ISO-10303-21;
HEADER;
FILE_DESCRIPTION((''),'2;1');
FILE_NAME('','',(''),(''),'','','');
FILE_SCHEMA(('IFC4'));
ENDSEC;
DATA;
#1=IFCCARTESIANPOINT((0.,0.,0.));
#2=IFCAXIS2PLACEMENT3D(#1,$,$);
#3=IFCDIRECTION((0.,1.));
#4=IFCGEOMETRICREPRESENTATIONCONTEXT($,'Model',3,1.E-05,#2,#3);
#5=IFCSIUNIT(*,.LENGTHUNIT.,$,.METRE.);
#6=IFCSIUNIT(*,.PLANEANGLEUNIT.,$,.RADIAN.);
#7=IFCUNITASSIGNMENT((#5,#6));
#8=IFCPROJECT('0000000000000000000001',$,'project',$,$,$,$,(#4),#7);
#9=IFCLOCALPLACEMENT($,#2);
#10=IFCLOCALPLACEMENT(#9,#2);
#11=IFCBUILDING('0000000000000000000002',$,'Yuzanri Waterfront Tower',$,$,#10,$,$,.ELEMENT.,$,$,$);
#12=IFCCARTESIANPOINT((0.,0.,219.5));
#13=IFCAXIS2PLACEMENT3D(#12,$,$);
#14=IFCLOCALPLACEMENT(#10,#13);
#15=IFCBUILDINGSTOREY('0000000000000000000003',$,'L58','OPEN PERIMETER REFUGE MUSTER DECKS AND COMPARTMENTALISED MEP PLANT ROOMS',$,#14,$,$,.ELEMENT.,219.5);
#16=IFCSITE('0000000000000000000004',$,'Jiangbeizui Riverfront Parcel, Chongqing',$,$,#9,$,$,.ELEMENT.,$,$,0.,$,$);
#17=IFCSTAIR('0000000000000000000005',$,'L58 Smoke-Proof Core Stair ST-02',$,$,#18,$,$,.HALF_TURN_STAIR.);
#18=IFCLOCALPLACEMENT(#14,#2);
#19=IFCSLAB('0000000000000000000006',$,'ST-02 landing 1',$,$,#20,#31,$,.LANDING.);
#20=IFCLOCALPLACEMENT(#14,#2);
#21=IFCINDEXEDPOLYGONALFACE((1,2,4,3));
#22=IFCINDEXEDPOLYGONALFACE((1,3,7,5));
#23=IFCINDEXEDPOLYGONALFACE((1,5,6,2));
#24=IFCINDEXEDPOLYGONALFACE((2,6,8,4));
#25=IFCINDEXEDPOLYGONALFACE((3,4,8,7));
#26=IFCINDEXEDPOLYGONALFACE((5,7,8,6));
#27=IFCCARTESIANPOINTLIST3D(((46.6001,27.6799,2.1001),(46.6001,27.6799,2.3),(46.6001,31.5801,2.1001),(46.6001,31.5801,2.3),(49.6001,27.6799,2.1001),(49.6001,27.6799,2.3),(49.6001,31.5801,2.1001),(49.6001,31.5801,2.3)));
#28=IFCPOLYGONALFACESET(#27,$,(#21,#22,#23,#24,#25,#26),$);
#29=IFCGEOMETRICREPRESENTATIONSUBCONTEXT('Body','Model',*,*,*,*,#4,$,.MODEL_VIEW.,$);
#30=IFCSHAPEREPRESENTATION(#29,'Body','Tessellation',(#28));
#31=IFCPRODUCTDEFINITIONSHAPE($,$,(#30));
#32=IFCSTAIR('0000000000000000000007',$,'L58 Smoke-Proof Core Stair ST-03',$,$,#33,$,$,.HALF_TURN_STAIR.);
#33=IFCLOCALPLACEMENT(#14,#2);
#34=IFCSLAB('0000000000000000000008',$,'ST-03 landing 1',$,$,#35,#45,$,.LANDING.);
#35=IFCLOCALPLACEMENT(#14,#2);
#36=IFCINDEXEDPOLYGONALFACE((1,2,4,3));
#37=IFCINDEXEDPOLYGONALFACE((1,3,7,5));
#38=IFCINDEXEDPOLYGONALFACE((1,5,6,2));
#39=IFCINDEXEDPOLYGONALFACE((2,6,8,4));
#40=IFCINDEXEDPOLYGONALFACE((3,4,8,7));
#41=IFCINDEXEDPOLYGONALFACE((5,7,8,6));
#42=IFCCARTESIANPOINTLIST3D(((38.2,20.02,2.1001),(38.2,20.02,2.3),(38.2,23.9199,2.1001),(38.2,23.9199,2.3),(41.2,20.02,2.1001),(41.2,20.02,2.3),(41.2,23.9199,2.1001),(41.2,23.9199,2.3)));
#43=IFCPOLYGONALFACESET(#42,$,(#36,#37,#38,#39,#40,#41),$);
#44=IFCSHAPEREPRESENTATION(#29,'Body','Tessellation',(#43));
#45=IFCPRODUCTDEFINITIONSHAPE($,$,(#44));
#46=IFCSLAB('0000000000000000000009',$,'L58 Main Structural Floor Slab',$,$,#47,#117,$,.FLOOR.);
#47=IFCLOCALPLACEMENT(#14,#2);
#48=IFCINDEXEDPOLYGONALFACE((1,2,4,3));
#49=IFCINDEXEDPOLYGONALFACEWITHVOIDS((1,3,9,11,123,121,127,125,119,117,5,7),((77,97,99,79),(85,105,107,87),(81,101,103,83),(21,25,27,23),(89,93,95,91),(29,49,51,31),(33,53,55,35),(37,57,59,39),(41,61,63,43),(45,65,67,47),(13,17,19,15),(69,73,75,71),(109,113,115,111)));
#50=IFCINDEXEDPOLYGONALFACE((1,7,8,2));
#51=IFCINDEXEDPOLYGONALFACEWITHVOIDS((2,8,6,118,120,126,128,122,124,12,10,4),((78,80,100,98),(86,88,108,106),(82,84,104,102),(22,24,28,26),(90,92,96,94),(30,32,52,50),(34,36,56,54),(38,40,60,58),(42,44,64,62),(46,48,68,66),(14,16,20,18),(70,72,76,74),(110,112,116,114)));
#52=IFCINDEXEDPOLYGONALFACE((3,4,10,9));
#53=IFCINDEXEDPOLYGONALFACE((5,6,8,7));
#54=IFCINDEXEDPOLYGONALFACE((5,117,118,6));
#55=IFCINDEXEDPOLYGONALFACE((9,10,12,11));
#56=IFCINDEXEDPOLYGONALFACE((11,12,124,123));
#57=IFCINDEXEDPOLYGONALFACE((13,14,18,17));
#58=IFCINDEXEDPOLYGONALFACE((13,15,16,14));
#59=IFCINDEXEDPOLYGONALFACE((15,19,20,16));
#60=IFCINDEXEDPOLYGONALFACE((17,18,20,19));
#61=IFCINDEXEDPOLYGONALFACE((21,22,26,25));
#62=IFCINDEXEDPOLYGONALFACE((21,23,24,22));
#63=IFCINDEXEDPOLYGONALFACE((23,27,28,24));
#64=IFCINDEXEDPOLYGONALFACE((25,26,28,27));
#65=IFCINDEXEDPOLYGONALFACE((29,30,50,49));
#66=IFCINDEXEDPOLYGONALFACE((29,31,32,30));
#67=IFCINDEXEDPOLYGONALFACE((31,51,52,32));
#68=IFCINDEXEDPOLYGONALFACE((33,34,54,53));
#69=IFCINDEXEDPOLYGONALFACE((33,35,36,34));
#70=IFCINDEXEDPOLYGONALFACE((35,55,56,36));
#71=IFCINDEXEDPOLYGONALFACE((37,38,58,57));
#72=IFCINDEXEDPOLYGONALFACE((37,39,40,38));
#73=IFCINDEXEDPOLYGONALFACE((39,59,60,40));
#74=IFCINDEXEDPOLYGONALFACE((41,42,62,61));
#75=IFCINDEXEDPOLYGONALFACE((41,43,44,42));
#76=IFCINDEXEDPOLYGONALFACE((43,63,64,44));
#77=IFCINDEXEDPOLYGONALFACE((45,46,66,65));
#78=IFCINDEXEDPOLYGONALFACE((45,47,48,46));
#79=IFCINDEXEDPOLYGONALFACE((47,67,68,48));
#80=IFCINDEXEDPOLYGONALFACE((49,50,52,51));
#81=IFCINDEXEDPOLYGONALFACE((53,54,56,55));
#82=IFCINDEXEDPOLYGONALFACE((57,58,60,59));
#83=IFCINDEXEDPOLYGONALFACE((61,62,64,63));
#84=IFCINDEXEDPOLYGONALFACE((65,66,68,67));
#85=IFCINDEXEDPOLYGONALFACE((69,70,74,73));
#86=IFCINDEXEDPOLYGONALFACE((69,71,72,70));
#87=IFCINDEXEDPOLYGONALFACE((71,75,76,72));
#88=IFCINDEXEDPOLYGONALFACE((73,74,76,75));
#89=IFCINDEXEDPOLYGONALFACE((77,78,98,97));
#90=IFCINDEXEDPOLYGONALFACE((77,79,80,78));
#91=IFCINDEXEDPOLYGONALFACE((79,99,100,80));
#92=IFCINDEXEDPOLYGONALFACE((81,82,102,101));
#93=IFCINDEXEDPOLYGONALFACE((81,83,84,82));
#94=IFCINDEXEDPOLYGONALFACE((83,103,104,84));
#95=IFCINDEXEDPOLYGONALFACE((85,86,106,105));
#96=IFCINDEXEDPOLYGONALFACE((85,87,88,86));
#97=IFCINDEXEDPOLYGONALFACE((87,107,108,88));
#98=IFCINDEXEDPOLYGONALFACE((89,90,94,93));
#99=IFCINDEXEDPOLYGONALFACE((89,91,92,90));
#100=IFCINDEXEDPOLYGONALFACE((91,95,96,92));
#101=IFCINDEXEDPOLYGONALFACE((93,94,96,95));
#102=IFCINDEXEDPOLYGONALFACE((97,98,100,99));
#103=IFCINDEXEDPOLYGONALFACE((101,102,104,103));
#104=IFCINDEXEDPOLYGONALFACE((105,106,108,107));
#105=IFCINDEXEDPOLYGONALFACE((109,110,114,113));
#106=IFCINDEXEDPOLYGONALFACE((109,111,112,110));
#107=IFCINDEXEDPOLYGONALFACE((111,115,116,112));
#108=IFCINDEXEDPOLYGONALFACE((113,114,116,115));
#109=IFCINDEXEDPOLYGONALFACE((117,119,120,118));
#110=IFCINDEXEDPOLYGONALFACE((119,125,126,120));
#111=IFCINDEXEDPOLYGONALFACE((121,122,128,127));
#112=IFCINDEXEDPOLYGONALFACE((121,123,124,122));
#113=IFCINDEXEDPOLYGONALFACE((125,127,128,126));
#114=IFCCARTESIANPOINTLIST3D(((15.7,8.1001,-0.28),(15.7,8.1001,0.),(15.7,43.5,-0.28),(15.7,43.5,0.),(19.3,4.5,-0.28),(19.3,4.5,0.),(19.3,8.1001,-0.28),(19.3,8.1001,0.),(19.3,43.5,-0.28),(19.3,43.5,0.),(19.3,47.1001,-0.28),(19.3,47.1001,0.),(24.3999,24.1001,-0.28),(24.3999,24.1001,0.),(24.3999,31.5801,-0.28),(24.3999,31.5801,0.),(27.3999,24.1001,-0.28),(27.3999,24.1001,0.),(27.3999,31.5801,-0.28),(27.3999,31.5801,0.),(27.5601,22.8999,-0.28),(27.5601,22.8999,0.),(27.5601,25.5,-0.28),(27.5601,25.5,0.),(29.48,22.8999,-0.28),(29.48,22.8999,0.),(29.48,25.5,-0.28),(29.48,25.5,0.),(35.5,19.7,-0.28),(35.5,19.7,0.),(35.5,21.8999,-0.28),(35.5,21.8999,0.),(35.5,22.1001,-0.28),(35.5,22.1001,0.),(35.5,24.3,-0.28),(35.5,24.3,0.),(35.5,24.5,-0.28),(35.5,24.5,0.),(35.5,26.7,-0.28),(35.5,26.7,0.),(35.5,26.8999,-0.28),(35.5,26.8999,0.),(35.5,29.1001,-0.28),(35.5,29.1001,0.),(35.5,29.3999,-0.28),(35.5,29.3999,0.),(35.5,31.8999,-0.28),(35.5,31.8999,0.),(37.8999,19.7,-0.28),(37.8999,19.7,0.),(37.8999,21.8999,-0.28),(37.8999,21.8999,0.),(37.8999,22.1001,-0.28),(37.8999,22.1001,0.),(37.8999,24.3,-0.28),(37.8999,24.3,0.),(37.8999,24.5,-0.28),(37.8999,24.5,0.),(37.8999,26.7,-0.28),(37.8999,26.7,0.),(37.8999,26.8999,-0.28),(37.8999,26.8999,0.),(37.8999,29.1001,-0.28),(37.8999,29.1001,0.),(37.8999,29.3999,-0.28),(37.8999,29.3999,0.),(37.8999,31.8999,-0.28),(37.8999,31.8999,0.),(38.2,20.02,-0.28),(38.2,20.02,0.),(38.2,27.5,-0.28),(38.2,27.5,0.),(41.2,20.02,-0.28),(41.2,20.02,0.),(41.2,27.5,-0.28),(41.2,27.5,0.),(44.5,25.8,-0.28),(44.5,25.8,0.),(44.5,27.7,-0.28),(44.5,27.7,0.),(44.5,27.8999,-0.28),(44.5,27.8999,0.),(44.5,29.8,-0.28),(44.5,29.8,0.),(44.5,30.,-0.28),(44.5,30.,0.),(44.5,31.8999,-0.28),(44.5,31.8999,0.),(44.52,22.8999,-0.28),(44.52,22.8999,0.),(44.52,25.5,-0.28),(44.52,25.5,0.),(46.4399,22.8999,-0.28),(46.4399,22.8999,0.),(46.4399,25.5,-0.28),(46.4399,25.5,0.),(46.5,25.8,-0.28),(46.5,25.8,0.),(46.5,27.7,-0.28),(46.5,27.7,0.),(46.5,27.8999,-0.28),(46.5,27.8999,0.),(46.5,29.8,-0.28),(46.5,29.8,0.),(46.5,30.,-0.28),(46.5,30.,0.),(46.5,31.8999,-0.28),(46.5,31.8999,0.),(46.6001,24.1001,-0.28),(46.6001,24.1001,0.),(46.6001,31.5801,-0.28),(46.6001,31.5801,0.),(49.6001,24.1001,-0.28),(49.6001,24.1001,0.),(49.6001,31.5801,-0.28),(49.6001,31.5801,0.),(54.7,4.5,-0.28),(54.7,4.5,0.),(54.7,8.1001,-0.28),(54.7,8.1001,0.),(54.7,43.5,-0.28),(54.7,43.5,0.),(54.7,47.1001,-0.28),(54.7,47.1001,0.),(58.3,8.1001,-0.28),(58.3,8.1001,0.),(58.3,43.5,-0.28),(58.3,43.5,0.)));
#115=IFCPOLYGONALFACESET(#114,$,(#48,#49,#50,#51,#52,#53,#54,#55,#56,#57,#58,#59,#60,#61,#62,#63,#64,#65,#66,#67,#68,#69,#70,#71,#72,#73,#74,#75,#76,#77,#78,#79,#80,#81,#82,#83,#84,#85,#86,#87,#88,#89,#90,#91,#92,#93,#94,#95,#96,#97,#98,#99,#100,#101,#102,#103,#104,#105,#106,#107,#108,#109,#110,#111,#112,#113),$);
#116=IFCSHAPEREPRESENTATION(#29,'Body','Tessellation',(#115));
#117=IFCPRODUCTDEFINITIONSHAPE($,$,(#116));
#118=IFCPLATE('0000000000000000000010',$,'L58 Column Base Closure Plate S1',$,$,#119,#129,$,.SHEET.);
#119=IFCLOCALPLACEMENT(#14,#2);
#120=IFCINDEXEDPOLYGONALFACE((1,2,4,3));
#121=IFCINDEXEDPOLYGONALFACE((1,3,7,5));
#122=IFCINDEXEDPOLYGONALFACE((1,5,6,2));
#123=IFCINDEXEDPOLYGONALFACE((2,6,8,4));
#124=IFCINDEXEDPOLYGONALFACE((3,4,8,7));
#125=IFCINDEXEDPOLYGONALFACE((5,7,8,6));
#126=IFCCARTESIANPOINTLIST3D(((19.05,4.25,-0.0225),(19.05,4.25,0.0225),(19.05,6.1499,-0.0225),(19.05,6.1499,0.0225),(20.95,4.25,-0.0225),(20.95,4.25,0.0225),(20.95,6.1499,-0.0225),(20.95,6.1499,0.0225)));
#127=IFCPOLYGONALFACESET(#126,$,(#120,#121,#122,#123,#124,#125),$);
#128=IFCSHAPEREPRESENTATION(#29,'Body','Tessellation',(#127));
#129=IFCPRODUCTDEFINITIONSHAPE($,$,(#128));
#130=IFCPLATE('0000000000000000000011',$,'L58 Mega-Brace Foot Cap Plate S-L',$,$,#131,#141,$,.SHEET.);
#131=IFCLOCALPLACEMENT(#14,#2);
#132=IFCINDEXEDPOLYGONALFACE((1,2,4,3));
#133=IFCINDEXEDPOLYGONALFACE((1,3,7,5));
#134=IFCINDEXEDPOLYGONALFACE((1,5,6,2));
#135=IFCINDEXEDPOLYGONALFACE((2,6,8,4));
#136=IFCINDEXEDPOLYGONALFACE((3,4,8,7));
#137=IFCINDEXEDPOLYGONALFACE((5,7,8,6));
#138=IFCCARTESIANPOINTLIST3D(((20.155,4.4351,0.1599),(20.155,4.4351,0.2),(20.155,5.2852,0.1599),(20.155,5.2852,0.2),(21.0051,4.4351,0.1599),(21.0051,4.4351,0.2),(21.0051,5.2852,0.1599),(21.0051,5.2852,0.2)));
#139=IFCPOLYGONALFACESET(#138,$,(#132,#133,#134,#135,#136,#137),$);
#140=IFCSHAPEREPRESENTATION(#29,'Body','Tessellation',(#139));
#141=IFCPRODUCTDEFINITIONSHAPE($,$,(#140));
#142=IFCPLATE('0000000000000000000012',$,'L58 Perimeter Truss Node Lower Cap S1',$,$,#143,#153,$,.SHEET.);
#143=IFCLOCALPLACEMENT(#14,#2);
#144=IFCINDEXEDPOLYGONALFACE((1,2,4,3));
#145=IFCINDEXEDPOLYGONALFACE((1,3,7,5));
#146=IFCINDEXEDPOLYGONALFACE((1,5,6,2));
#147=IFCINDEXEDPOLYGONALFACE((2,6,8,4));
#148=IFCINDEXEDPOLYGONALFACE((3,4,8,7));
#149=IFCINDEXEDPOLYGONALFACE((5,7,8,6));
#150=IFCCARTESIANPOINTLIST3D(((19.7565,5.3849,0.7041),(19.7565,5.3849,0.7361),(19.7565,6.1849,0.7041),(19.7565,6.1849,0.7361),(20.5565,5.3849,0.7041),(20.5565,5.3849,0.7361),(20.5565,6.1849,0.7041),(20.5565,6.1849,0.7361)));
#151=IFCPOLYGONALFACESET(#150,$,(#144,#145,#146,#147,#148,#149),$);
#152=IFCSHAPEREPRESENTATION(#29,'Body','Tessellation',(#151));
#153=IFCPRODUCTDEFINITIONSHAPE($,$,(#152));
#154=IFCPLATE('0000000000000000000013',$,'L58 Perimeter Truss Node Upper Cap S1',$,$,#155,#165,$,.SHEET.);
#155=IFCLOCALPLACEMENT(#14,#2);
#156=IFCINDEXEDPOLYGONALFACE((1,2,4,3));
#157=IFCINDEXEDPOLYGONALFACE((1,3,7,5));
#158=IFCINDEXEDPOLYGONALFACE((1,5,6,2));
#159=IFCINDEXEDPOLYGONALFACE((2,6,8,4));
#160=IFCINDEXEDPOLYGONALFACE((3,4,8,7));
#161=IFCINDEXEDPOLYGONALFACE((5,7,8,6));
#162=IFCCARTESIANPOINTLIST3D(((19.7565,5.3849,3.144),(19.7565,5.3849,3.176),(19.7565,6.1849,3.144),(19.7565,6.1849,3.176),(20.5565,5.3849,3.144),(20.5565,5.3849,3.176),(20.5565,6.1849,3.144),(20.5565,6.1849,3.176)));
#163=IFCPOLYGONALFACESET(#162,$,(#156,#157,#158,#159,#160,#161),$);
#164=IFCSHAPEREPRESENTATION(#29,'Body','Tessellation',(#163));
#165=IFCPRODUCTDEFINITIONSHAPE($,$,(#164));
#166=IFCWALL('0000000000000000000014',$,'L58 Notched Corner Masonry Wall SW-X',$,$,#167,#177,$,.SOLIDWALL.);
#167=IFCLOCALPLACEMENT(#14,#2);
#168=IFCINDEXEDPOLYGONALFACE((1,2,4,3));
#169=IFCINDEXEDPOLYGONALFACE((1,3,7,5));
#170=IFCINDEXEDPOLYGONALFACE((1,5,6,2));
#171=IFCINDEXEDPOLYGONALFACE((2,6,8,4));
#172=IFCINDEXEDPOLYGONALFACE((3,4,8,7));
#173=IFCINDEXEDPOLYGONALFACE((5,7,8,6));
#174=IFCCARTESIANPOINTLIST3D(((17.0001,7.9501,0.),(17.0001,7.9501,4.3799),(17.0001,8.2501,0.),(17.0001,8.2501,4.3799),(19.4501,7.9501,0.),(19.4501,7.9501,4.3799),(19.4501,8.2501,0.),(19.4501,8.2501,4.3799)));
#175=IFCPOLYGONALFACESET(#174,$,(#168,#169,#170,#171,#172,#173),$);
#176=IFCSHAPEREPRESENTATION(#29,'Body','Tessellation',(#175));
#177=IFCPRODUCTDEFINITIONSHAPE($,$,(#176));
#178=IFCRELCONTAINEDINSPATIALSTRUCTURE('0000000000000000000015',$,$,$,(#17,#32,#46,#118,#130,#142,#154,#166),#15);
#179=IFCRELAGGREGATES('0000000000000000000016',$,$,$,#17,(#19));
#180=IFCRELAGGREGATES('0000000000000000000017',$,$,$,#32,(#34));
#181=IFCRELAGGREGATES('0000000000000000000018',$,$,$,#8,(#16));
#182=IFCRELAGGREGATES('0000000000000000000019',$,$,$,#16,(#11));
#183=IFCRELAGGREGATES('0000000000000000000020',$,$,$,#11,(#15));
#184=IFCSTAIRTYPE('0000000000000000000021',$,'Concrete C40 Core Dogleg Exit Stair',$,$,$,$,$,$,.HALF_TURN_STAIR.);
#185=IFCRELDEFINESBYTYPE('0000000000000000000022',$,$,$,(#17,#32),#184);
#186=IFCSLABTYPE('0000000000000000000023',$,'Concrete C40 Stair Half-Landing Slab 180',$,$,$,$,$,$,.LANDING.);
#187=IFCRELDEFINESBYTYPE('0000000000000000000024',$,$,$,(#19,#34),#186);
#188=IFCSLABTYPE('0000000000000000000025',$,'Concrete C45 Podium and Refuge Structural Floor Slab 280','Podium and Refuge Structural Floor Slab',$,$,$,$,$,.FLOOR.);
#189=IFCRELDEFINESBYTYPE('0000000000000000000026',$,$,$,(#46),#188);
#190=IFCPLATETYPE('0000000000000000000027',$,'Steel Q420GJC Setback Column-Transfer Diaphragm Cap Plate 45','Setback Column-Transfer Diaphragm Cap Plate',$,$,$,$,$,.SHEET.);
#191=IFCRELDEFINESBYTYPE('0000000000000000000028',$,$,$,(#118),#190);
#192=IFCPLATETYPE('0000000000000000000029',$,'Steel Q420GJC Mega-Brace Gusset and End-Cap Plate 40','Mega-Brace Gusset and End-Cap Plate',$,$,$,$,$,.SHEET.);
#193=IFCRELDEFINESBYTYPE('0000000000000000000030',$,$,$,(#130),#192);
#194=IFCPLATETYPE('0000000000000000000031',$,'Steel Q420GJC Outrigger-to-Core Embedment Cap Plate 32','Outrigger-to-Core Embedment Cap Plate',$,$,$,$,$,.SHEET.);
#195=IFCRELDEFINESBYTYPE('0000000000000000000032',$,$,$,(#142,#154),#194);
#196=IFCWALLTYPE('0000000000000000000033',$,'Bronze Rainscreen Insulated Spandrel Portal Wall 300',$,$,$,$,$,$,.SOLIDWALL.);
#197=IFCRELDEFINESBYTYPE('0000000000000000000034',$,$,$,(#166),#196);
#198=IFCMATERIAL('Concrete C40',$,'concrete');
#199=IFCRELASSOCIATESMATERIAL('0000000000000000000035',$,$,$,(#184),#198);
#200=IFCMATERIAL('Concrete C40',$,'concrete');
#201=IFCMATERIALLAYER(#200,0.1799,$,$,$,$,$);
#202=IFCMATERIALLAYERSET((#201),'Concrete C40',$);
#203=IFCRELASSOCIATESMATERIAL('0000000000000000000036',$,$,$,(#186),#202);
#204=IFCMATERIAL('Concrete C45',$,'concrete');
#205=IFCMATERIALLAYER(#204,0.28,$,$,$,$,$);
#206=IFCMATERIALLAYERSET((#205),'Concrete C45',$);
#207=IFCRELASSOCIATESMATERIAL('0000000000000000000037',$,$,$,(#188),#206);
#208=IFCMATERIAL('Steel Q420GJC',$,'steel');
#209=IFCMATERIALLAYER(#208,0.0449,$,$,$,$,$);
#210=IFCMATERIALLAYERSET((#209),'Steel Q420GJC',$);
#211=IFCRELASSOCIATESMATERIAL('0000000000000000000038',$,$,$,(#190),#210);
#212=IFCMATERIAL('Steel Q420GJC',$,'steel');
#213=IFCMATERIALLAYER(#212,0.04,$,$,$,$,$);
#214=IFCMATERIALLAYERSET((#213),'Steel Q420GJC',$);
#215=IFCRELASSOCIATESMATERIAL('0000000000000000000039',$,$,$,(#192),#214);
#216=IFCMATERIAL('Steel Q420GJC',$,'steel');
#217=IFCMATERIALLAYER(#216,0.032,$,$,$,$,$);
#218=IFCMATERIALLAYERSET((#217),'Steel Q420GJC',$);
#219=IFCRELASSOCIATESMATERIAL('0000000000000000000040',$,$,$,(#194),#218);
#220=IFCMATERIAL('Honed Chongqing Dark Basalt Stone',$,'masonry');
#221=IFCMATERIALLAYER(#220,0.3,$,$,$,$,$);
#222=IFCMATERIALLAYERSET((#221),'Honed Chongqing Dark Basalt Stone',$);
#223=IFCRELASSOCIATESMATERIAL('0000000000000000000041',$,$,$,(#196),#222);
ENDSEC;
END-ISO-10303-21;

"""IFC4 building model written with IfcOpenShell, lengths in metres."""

from ifc_helpers import new_model, si_unit, direction, frame, frame_2d, origin, origin_2d, place, context, subcontext, project, spatial, polyline, rectangle, outline, extrude, source, transform, mapped, material, layer, layer_set, type_object, element, aggregate, save


model = new_model("IFC4")

# Units and contexts
model_context = context("Model", 3, precision=1e-05, world=origin(), true_north=direction((0.0, 1.0)))
body_context = subcontext(model_context, "Body", "Model", "MODEL_VIEW")
ifc_project = project(units=[si_unit("LENGTHUNIT", "METRE"), si_unit("PLANEANGLEUNIT", "RADIAN")], contexts=[model_context])

# Site, building, storey
site_placement = place(None, origin())
site = spatial("IfcSite", under=ifc_project, at=site_placement, Name="Jiangbeizui Riverfront Parcel, Chongqing", CompositionType="ELEMENT", RefElevation=0.0)
building_placement = place(site_placement, origin())
building = spatial("IfcBuilding", under=site, at=building_placement, Name="Yuzanri Waterfront Tower", CompositionType="ELEMENT")
storey_placement = place(building_placement, frame((0.0, 0.0, 219.5)))
storey = spatial("IfcBuildingStorey", under=building, at=storey_placement, Name="L58", Description="OPEN PERIMETER REFUGE MUSTER DECKS AND COMPARTMENTALISED MEP PLANT ROOMS", CompositionType="ELEMENT", Elevation=219.5)

# Stairs, slabs
ifc_material_1 = material(Name="Concrete C40", Category="concrete")
stair_type = type_object("IfcStairType", Name="Concrete C40 Core Dogleg Exit Stair", PredefinedType="HALF_TURN_STAIR", material=ifc_material_1)
ifc_material_2 = material(Name="Concrete C40", Category="concrete")
ifc_layer_1 = layer(ifc_material_2, 0.1799)
ifc_layer_set_1 = layer_set([ifc_layer_1], Name="Concrete C40")
slab_type_1 = type_object("IfcSlabType", Name="Concrete C40 Stair Half-Landing Slab 180", PredefinedType="LANDING", material=ifc_layer_set_1)
stair_1_placement = place(storey_placement, origin())
stair_1 = element("IfcStair", 1, at=stair_1_placement, inside=storey, type_object=stair_type, Name="L58 Smoke-Proof Core Stair ST-02", PredefinedType="HALF_TURN_STAIR")
slab_1_placement = place(storey_placement, frame((0.0, 0.0, 2.1001)))
slab_1 = element("IfcSlab", 2, at=slab_1_placement, type_object=slab_type_1, Name="ST-02 landing 1", PredefinedType="LANDING", context=body_context, shape_type="SweptSolid", body=[
    extrude(outline(polyline([(49.6001, 27.6799), (49.6001, 31.5801), (46.6001, 31.5801), (46.6001, 27.6799), (49.6001, 27.6799)])), origin(), (0.0, 0.0, 1.0), 0.2),
])
aggregate(stair_1, [slab_1])
stair_2_placement = place(storey_placement, origin())
stair_2 = element("IfcStair", 3, at=stair_2_placement, inside=storey, type_object=stair_type, Name="L58 Smoke-Proof Core Stair ST-03", PredefinedType="HALF_TURN_STAIR")
slab_2_placement = place(storey_placement, frame((0.0, 0.0, 2.1001)))
slab_2 = element("IfcSlab", 4, at=slab_2_placement, type_object=slab_type_1, Name="ST-03 landing 1", PredefinedType="LANDING", context=body_context, shape_type="SweptSolid", body=[
    extrude(outline(polyline([(38.2, 23.9199), (38.2, 20.02), (41.2, 20.02), (41.2, 23.9199), (38.2, 23.9199)])), origin(), (0.0, 0.0, 1.0), 0.2),
])
aggregate(stair_2, [slab_2])

# Slab
ifc_material_3 = material(Name="Concrete C45", Category="concrete")
ifc_layer_2 = layer(ifc_material_3, 0.28)
ifc_layer_set_2 = layer_set([ifc_layer_2], Name="Concrete C45")
slab_type_2 = type_object("IfcSlabType", Name="Concrete C45 Podium and Refuge Structural Floor Slab 280", Description="Podium and Refuge Structural Floor Slab", PredefinedType="FLOOR", material=ifc_layer_set_2)
slab_3_placement = place(storey_placement, frame((0.0, 0.0, -0.28)))
element("IfcSlab", 5, at=slab_3_placement, inside=storey, type_object=slab_type_2, Name="L58 Main Structural Floor Slab", PredefinedType="FLOOR", context=body_context, shape_type="SweptSolid", body=[
    extrude(outline(polyline([(19.3, 4.5), (54.7, 4.5), (54.7, 8.1001), (58.3, 8.1001), (58.3, 43.5), (54.7, 43.5), (54.7, 47.1001), (19.3, 47.1001), (19.3, 43.5), (15.7, 43.5), (15.7, 8.1001), (19.3, 8.1001), (19.3, 4.5)]), holes=[polyline([(27.3999, 24.1001), (27.3999, 31.5801), (24.3999, 31.5801), (24.3999, 24.1001), (27.3999, 24.1001)]), polyline([(49.6001, 24.1001), (49.6001, 31.5801), (46.6001, 31.5801), (46.6001, 24.1001), (49.6001, 24.1001)]), polyline([(38.2, 27.5), (38.2, 20.02), (41.2, 20.02), (41.2, 27.5), (38.2, 27.5)]), polyline([(27.5601, 22.8999), (29.48, 22.8999), (29.48, 25.5), (27.5601, 25.5), (27.5601, 22.8999)]), polyline([(44.52, 22.8999), (46.4399, 22.8999), (46.4399, 25.5), (44.52, 25.5), (44.52, 22.8999)]), polyline([(35.5, 19.7), (37.8999, 19.7), (37.8999, 21.8999), (35.5, 21.8999), (35.5, 19.7)]), polyline([(35.5, 22.1001), (37.8999, 22.1001), (37.8999, 24.3), (35.5, 24.3), (35.5, 22.1001)]), polyline([(35.5, 24.5), (37.8999, 24.5), (37.8999, 26.7), (35.5, 26.7), (35.5, 24.5)]), polyline([(35.5, 26.8999), (37.8999, 26.8999), (37.8999, 29.1001), (35.5, 29.1001), (35.5, 26.8999)]), polyline([(35.5, 29.3999), (37.8999, 29.3999), (37.8999, 31.8999), (35.5, 31.8999), (35.5, 29.3999)]), polyline([(44.5, 25.8), (46.5, 25.8), (46.5, 27.7), (44.5, 27.7), (44.5, 25.8)]), polyline([(44.5, 27.8999), (46.5, 27.8999), (46.5, 29.8), (44.5, 29.8), (44.5, 27.8999)]), polyline([(44.5, 30.0), (46.5, 30.0), (46.5, 31.8999), (44.5, 31.8999), (44.5, 30.0)])]), origin(), (0.0, 0.0, 1.0), 0.28),
])

# Plates
ifc_material_4 = material(Name="Steel Q420GJC", Category="steel")
ifc_layer_3 = layer(ifc_material_4, 0.0449)
ifc_layer_set_3 = layer_set([ifc_layer_3], Name="Steel Q420GJC")
plate_type_1 = type_object("IfcPlateType", Name="Steel Q420GJC Setback Column-Transfer Diaphragm Cap Plate 45", Description="Setback Column-Transfer Diaphragm Cap Plate", PredefinedType="SHEET", material=ifc_layer_set_3)
shared_shape_1 = source(origin(), body_context, "Body", "SweptSolid", [
    extrude(rectangle(XDim=1.8999, YDim=1.8999, at=origin_2d()), origin(), (0.0, 0.0, 1.0), 0.0449),
])
plate_1_placement = place(storey_placement, frame((20.0, 5.2, -0.0225), z_axis=(0.0, 0.0, 1.0), x_axis=(1.0, 0.0, 0.0)))
element("IfcPlate", 6, at=plate_1_placement, inside=storey, type_object=plate_type_1, Name="L58 Column Base Closure Plate S1", PredefinedType="SHEET", context=body_context, shape_type="MappedRepresentation", body=[
    mapped(shared_shape_1, transform((0.0, 0.0, 0.0), scale=1.0)),
])
ifc_material_5 = material(Name="Steel Q420GJC", Category="steel")
ifc_layer_4 = layer(ifc_material_5, 0.04)
ifc_layer_set_4 = layer_set([ifc_layer_4], Name="Steel Q420GJC")
plate_type_2 = type_object("IfcPlateType", Name="Steel Q420GJC Mega-Brace Gusset and End-Cap Plate 40", Description="Mega-Brace Gusset and End-Cap Plate", PredefinedType="SHEET", material=ifc_layer_set_4)
shared_shape_2 = source(origin(), body_context, "Body", "SweptSolid", [
    extrude(rectangle(XDim=0.8501, YDim=0.8501, at=origin_2d()), origin(), (0.0, 0.0, 1.0), 0.04),
])
plate_2_placement = place(storey_placement, frame((20.5801, 4.8601, 0.1599), z_axis=(0.0, 0.0, 1.0), x_axis=(1.0, 0.0, 0.0)))
element("IfcPlate", 7, at=plate_2_placement, inside=storey, type_object=plate_type_2, Name="L58 Mega-Brace Foot Cap Plate S-L", PredefinedType="SHEET", context=body_context, shape_type="MappedRepresentation", body=[
    mapped(shared_shape_2, transform((0.0, 0.0, 0.0), scale=1.0)),
])
ifc_material_6 = material(Name="Steel Q420GJC", Category="steel")
ifc_layer_5 = layer(ifc_material_6, 0.032)
ifc_layer_set_5 = layer_set([ifc_layer_5], Name="Steel Q420GJC")
plate_type_3 = type_object("IfcPlateType", Name="Steel Q420GJC Outrigger-to-Core Embedment Cap Plate 32", Description="Outrigger-to-Core Embedment Cap Plate", PredefinedType="SHEET", material=ifc_layer_set_5)
shared_shape_3 = source(origin(), body_context, "Body", "SweptSolid", [
    extrude(rectangle(XDim=0.8, YDim=0.8, at=origin_2d()), origin(), (0.0, 0.0, 1.0), 0.032),
])
for number, where, z_axis, x_axis, name in (
    (8, (20.1565, 5.7849, 0.7041), (0.0, 0.0, 1.0), (1.0, 0.0, 0.0), "L58 Perimeter Truss Node Lower Cap S1"),
    (9, (20.1565, 5.7849, 3.144), (0.0, 0.0, 1.0), (1.0, 0.0, 0.0), "L58 Perimeter Truss Node Upper Cap S1"),
):
    element("IfcPlate", number, at=place(storey_placement, frame(where, z_axis=z_axis, x_axis=x_axis)), inside=storey, type_object=plate_type_3, Name=name, PredefinedType="SHEET", context=body_context, shape_type="MappedRepresentation", body=[
        mapped(shared_shape_3, transform((0.0, 0.0, 0.0), scale=1.0)),
    ])

# Wall
ifc_material_7 = material(Name="Honed Chongqing Dark Basalt Stone", Category="masonry")
ifc_layer_6 = layer(ifc_material_7, 0.3)
ifc_layer_set_6 = layer_set([ifc_layer_6], Name="Honed Chongqing Dark Basalt Stone")
wall_type = type_object("IfcWallType", Name="Bronze Rainscreen Insulated Spandrel Portal Wall 300", PredefinedType="SOLIDWALL", material=ifc_layer_set_6)
shared_shape_4 = source(origin(), body_context, "Body", "SweptSolid", [
    extrude(rectangle(XDim=2.45, YDim=0.3, at=frame_2d((1.2251, 0.0))), origin(), (0.0, 0.0, 1.0), 4.3799),
])
wall_placement = place(storey_placement, frame((17.0, 8.1001, 0.0), z_axis=(0.0, 0.0, 1.0), x_axis=(1.0, 0.0, 0.0)))
element("IfcWall", 10, at=wall_placement, inside=storey, type_object=wall_type, Name="L58 Notched Corner Masonry Wall SW-X", PredefinedType="SOLIDWALL", context=body_context, shape_type="MappedRepresentation", body=[
    mapped(shared_shape_4, transform((0.0, 0.0, 0.0), scale=1.0)),
])

save(model, "model.ifc")
